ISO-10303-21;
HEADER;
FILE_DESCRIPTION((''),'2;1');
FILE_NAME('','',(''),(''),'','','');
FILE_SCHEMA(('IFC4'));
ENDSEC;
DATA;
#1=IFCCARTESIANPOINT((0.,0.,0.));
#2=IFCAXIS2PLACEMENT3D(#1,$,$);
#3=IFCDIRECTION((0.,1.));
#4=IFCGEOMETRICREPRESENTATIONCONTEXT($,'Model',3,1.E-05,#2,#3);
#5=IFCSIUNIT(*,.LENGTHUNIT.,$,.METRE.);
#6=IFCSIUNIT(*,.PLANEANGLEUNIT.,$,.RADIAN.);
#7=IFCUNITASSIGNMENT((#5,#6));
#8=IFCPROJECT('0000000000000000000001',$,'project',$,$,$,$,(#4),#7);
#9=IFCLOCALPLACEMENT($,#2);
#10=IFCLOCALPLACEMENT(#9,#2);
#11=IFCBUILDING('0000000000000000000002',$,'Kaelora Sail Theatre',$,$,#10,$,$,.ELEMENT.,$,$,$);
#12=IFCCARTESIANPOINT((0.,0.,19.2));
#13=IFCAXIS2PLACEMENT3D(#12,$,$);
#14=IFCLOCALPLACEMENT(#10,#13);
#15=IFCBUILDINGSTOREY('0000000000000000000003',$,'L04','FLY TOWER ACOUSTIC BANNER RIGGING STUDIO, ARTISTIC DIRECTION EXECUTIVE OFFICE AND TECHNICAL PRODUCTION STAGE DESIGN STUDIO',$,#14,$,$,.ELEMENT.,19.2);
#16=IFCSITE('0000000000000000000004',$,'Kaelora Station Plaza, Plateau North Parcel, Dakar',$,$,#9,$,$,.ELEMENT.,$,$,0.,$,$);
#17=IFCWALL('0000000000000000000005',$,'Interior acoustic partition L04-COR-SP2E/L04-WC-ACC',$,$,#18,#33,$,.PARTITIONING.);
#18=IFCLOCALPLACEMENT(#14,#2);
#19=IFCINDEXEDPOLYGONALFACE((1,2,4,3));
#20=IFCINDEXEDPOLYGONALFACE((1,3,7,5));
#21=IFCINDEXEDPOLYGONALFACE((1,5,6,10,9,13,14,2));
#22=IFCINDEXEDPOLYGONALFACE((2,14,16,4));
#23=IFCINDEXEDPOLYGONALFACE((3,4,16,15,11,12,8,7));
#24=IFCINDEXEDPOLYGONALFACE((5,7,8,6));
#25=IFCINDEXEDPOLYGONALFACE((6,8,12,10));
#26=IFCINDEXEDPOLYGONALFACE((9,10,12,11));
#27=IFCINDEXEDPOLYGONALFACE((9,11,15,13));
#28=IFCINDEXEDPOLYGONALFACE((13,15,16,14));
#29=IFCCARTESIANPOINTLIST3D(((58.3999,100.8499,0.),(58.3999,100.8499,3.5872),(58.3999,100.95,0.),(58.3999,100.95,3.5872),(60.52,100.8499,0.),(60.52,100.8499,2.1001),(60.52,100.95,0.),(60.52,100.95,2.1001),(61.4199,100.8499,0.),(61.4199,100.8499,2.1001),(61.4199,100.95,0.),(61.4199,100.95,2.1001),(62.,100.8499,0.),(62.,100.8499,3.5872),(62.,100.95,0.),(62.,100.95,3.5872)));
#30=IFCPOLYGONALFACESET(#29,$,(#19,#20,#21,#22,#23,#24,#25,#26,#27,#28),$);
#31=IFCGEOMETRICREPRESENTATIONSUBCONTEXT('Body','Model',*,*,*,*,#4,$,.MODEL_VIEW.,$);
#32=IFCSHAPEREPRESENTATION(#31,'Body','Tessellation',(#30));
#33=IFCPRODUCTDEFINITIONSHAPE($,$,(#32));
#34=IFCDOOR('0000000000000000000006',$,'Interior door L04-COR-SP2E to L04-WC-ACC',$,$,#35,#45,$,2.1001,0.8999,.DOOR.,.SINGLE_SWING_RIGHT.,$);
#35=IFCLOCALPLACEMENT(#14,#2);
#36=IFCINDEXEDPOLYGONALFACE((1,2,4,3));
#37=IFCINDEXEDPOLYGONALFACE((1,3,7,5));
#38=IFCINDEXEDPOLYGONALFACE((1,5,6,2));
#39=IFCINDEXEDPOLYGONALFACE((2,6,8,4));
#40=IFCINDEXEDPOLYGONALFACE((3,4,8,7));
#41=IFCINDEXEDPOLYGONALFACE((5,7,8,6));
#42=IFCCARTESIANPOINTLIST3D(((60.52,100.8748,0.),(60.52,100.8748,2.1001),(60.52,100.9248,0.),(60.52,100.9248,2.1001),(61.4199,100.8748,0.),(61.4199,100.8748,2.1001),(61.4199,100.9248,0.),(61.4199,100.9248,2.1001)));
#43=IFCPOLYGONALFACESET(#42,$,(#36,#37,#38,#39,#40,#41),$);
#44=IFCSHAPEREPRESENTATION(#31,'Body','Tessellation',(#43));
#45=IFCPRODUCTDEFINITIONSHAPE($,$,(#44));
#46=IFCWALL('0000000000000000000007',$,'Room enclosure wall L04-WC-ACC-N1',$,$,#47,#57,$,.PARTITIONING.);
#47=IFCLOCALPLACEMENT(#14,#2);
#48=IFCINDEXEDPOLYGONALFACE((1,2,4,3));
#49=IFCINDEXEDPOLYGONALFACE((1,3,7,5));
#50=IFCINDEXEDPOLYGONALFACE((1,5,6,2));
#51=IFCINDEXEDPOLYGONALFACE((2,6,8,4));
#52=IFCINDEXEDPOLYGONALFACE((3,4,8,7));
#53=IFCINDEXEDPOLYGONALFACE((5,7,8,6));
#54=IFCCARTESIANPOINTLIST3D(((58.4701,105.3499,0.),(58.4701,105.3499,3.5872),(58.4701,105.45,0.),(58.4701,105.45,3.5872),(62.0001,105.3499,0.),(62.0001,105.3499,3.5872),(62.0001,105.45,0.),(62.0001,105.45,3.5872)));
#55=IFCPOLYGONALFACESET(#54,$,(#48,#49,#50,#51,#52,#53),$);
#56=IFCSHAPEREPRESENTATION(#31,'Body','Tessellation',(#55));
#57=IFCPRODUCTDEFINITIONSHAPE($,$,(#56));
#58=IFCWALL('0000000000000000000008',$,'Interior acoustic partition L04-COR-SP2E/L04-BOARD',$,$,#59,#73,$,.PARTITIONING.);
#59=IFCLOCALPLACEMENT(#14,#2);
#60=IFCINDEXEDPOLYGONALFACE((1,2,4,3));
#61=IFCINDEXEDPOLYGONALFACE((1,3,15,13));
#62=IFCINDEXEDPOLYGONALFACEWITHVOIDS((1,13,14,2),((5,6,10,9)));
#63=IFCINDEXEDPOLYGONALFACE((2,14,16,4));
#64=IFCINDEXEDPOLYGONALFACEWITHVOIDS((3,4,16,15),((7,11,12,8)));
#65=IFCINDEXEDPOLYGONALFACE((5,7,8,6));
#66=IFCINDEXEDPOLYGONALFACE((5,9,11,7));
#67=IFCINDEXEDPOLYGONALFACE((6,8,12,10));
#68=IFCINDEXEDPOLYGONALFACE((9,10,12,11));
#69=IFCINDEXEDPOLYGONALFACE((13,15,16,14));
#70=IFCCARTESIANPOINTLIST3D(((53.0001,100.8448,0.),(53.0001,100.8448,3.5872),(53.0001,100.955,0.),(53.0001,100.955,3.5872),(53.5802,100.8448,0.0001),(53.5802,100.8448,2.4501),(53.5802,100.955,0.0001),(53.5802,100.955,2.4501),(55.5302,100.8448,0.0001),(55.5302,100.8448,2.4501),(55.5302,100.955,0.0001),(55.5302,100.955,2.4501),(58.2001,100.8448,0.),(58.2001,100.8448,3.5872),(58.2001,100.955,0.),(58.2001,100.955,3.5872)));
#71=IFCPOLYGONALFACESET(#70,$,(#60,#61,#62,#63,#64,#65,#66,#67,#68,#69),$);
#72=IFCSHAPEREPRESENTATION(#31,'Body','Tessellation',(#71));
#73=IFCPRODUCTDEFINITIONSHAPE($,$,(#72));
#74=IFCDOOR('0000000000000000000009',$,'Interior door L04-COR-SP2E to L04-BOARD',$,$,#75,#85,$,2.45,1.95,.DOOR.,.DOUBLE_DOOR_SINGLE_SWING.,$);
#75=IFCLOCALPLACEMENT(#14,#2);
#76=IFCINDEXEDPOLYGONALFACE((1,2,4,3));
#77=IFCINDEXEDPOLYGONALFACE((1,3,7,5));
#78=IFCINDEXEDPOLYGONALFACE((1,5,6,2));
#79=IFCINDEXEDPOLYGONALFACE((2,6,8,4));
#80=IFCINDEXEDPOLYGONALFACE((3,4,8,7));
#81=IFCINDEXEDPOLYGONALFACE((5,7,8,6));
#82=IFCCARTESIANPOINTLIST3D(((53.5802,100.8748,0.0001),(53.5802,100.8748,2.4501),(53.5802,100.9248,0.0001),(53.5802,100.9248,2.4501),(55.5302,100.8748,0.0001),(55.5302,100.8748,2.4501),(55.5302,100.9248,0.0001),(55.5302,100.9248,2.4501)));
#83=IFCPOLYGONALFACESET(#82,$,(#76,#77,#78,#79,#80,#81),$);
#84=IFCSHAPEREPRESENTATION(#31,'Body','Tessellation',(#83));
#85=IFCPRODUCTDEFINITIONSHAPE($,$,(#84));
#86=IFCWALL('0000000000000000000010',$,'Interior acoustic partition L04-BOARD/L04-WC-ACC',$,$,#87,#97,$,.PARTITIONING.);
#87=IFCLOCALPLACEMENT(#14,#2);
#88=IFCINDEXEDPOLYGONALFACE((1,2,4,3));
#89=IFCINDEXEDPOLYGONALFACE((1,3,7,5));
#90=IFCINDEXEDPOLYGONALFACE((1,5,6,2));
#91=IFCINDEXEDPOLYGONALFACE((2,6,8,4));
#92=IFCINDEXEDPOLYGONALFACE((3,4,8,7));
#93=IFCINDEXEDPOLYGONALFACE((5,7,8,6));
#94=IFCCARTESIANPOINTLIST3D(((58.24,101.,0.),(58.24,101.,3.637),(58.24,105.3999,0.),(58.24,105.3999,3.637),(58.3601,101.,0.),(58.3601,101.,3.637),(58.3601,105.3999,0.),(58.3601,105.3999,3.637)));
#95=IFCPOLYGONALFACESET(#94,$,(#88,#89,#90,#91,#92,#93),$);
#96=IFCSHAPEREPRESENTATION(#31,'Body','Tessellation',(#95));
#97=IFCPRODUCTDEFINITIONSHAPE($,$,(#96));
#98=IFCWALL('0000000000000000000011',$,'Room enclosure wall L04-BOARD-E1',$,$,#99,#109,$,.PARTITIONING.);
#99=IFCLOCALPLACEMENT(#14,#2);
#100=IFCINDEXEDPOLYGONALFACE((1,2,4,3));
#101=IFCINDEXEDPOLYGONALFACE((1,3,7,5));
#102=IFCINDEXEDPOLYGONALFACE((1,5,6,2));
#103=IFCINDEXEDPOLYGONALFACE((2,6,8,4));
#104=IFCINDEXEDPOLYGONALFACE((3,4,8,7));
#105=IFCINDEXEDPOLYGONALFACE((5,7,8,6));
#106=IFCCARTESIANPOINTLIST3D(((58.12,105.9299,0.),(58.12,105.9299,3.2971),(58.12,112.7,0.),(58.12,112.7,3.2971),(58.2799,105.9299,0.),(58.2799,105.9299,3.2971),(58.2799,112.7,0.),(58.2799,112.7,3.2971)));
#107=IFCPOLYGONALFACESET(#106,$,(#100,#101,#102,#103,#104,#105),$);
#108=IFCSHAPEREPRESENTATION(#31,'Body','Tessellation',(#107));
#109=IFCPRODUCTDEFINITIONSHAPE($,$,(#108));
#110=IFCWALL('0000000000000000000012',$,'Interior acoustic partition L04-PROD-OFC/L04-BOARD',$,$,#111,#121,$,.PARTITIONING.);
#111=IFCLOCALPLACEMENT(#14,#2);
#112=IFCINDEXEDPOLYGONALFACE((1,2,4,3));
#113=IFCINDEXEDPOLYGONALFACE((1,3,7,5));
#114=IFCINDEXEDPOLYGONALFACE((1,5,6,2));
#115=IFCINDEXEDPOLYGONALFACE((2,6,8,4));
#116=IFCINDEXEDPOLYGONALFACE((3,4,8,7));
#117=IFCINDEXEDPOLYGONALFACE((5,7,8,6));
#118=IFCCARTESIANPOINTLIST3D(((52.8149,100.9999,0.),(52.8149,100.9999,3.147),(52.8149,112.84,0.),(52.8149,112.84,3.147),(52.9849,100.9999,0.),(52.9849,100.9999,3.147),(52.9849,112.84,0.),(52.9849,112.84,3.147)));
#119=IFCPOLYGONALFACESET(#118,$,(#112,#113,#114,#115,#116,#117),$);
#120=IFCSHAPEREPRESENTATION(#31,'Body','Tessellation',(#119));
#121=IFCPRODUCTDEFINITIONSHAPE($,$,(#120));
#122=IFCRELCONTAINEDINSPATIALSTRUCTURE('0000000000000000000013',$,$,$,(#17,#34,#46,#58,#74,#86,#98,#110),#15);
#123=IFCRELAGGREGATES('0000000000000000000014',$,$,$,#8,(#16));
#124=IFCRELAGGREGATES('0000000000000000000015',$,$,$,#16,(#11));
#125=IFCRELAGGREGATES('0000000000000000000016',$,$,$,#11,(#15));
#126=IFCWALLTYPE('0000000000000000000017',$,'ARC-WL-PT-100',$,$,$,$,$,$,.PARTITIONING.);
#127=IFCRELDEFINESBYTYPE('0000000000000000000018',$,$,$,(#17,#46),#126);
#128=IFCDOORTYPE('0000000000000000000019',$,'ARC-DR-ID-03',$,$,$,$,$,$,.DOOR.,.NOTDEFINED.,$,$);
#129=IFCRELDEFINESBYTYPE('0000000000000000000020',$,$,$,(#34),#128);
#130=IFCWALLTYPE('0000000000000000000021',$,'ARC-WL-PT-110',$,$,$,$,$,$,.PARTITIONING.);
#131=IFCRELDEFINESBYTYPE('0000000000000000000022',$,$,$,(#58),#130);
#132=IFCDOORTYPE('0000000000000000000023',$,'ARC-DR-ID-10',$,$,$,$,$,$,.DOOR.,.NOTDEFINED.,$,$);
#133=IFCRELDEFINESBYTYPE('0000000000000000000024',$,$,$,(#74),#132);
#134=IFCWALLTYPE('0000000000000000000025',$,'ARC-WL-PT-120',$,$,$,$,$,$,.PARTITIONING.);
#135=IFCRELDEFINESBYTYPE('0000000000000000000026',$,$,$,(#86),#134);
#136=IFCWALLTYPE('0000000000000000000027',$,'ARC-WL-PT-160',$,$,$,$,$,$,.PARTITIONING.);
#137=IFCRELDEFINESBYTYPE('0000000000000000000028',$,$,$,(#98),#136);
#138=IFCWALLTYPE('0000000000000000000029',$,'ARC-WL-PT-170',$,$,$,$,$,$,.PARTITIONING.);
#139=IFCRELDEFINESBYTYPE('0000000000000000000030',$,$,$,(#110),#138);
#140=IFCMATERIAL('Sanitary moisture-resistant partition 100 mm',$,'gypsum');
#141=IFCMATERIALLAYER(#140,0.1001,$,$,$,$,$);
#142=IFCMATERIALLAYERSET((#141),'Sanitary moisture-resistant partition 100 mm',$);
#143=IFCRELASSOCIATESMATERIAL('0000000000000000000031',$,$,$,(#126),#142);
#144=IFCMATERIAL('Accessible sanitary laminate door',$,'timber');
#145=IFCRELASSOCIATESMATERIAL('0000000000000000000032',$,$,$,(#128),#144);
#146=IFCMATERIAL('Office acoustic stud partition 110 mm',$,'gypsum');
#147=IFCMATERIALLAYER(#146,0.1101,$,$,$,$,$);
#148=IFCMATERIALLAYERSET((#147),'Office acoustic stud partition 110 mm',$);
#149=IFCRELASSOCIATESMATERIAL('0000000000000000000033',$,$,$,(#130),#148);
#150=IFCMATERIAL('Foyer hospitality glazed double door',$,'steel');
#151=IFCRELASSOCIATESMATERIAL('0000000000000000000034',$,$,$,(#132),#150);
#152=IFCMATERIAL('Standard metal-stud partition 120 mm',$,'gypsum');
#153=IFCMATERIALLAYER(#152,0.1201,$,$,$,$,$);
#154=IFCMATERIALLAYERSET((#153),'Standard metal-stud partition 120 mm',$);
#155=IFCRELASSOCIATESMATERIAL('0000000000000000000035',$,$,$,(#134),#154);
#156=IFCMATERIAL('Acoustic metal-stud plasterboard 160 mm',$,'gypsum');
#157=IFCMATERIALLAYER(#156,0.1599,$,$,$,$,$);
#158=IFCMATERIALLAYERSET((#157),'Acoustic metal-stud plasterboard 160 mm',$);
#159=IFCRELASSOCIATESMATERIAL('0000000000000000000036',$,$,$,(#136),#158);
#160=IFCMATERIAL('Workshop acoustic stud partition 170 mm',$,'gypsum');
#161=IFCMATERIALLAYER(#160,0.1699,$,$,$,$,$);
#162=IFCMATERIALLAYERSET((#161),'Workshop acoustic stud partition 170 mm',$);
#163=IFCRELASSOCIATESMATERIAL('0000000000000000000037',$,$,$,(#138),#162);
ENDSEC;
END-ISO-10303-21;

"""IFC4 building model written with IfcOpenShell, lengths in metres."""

from ifc_helpers import new_model, si_unit, direction, frame, frame_2d, origin, place, context, subcontext, project, spatial, rectangle, extrude, material, layer, layer_set, type_object, element, fill, save


model = new_model("IFC4")

# Units and contexts
model_context = context("Model", 3, precision=1e-05, world=origin(), true_north=direction((0.0, 1.0)))
body_context = subcontext(model_context, "Body", "Model", "MODEL_VIEW")
ifc_project = project(units=[si_unit("LENGTHUNIT", "METRE"), si_unit("PLANEANGLEUNIT", "RADIAN")], contexts=[model_context])

# Site, building, storey
site_placement = place(None, origin())
site = spatial("IfcSite", under=ifc_project, at=site_placement, Name="Kaelora Station Plaza, Plateau North Parcel, Dakar", CompositionType="ELEMENT", RefElevation=0.0)
building_placement = place(site_placement, origin())
building = spatial("IfcBuilding", under=site, at=building_placement, Name="Kaelora Sail Theatre", CompositionType="ELEMENT")
storey_placement = place(building_placement, frame((0.0, 0.0, 19.2)))
storey = spatial("IfcBuildingStorey", under=building, at=storey_placement, Name="L04", Description="FLY TOWER ACOUSTIC BANNER RIGGING STUDIO, ARTISTIC DIRECTION EXECUTIVE OFFICE AND TECHNICAL PRODUCTION STAGE DESIGN STUDIO", CompositionType="ELEMENT", Elevation=19.2)

# Wall, opening, door
ifc_material_1 = material(Name="Sanitary moisture-resistant partition 100 mm", Category="gypsum")
ifc_layer_1 = layer(ifc_material_1, 0.1001)
ifc_layer_set_1 = layer_set([ifc_layer_1], Name="Sanitary moisture-resistant partition 100 mm")
wall_type_1 = type_object("IfcWallType", Name="ARC-WL-PT-100", PredefinedType="PARTITIONING", material=ifc_layer_set_1)
wall_1_placement = place(storey_placement, frame((58.3999, 100.8999, 0.0), z_axis=(0.0, 0.0, 1.0), x_axis=(1.0, 0.0, 0.0)))
wall_1 = element("IfcWall", 1, at=wall_1_placement, inside=storey, type_object=wall_type_1, Name="Interior acoustic partition L04-COR-SP2E/L04-WC-ACC", PredefinedType="PARTITIONING", context=body_context, shape_type="SweptSolid", body=[
    extrude(rectangle(XDim=3.6001, YDim=0.1001, at=frame_2d((1.8, 0.0))), origin(), (0.0, 0.0, 1.0), 3.5872),
])
opening_1_placement = place(wall_1_placement, frame((2.1201, 0.0, 0.0)))
opening_1 = element("IfcOpeningElement", 2, at=opening_1_placement, cuts=wall_1, PredefinedType="OPENING", context=body_context, shape_type="SweptSolid", body=[
    extrude(rectangle(XDim=0.8999, YDim=2.1001, at=frame_2d((0.45, 1.05))), frame((0.0, 0.06, 0.0), z_axis=(0.0, -1.0, 0.0), x_axis=(1.0, 0.0, 0.0)), (0.0, 0.0, 1.0), 0.1201),
])
ifc_material_2 = material(Name="Accessible sanitary laminate door", Category="timber")
door_type_1 = type_object("IfcDoorType", Name="ARC-DR-ID-03", OperationType="NOTDEFINED", PredefinedType="DOOR", material=ifc_material_2)
door_1_placement = place(opening_1_placement, origin())
door_1 = element("IfcDoor", 3, at=door_1_placement, inside=storey, type_object=door_type_1, Name="Interior door L04-COR-SP2E to L04-WC-ACC", OperationType="SINGLE_SWING_RIGHT", OverallHeight=2.1001, OverallWidth=0.8999, PredefinedType="DOOR", context=body_context, shape_type="SweptSolid", body=[
    extrude(rectangle(XDim=0.8999, YDim=2.1001, at=frame_2d((0.45, 1.05))), frame((0.0, 0.0249, 0.0), z_axis=(0.0, -1.0, 0.0), x_axis=(1.0, 0.0, 0.0)), (0.0, 0.0, 1.0), 0.05),
])
fill(opening_1, door_1)

# Wall
wall_2_placement = place(storey_placement, frame((58.47, 105.3999, 0.0), z_axis=(0.0, 0.0, 1.0), x_axis=(1.0, 0.0, 0.0)))
element("IfcWall", 4, at=wall_2_placement, inside=storey, type_object=wall_type_1, Name="Room enclosure wall L04-WC-ACC-N1", PredefinedType="PARTITIONING", context=body_context, shape_type="SweptSolid", body=[
    extrude(rectangle(XDim=3.53, YDim=0.1001, at=frame_2d((1.7651, 0.0))), origin(), (0.0, 0.0, 1.0), 3.5872),
])

# Wall, opening, door
ifc_material_3 = material(Name="Office acoustic stud partition 110 mm", Category="gypsum")
ifc_layer_2 = layer(ifc_material_3, 0.1101)
ifc_layer_set_2 = layer_set([ifc_layer_2], Name="Office acoustic stud partition 110 mm")
wall_type_2 = type_object("IfcWallType", Name="ARC-WL-PT-110", PredefinedType="PARTITIONING", material=ifc_layer_set_2)
wall_3_placement = place(storey_placement, frame((53.0, 100.8999, 0.0), z_axis=(0.0, 0.0, 1.0), x_axis=(1.0, 0.0, 0.0)))
wall_3 = element("IfcWall", 5, at=wall_3_placement, inside=storey, type_object=wall_type_2, Name="Interior acoustic partition L04-COR-SP2E/L04-BOARD", PredefinedType="PARTITIONING", context=body_context, shape_type="SweptSolid", body=[
    extrude(rectangle(XDim=5.2, YDim=0.1101, at=frame_2d((2.6001, 0.0))), origin(), (0.0, 0.0, 1.0), 3.5872),
])
opening_2_placement = place(wall_3_placement, frame((0.5801, 0.0, 0.0)))
opening_2 = element("IfcOpeningElement", 6, at=opening_2_placement, cuts=wall_3, PredefinedType="OPENING", context=body_context, shape_type="SweptSolid", body=[
    extrude(rectangle(XDim=1.95, YDim=2.45, at=frame_2d((0.9751, 1.2251))), frame((0.0, 0.0652, 0.0), z_axis=(0.0, -1.0, 0.0), x_axis=(1.0, 0.0, 0.0)), (0.0, 0.0, 1.0), 0.1301),
])
ifc_material_4 = material(Name="Foyer hospitality glazed double door", Category="steel")
door_type_2 = type_object("IfcDoorType", Name="ARC-DR-ID-10", OperationType="NOTDEFINED", PredefinedType="DOOR", material=ifc_material_4)
door_2_placement = place(opening_2_placement, origin())
door_2 = element("IfcDoor", 7, at=door_2_placement, inside=storey, type_object=door_type_2, Name="Interior door L04-COR-SP2E to L04-BOARD", OperationType="DOUBLE_DOOR_SINGLE_SWING", OverallHeight=2.45, OverallWidth=1.95, PredefinedType="DOOR", context=body_context, shape_type="SweptSolid", body=[
    extrude(rectangle(XDim=1.95, YDim=2.45, at=frame_2d((0.9751, 1.2251))), frame((0.0, 0.0249, 0.0), z_axis=(0.0, -1.0, 0.0), x_axis=(1.0, 0.0, 0.0)), (0.0, 0.0, 1.0), 0.05),
])
fill(opening_2, door_2)

# Walls
ifc_material_5 = material(Name="Standard metal-stud partition 120 mm", Category="gypsum")
ifc_layer_3 = layer(ifc_material_5, 0.1201)
ifc_layer_set_3 = layer_set([ifc_layer_3], Name="Standard metal-stud partition 120 mm")
wall_type_3 = type_object("IfcWallType", Name="ARC-WL-PT-120", PredefinedType="PARTITIONING", material=ifc_layer_set_3)
wall_4_placement = place(storey_placement, frame((58.3, 101.0, 0.0), z_axis=(0.0, 0.0, 1.0), x_axis=(0.0, 1.0, 0.0)))
element("IfcWall", 8, at=wall_4_placement, inside=storey, type_object=wall_type_3, Name="Interior acoustic partition L04-BOARD/L04-WC-ACC", PredefinedType="PARTITIONING", context=body_context, shape_type="SweptSolid", body=[
    extrude(rectangle(XDim=4.3999, YDim=0.1201, at=frame_2d((2.2, 0.0))), origin(), (0.0, 0.0, 1.0), 3.637),
])
ifc_material_6 = material(Name="Acoustic metal-stud plasterboard 160 mm", Category="gypsum")
ifc_layer_4 = layer(ifc_material_6, 0.1599)
ifc_layer_set_4 = layer_set([ifc_layer_4], Name="Acoustic metal-stud plasterboard 160 mm")
wall_type_4 = type_object("IfcWallType", Name="ARC-WL-PT-160", PredefinedType="PARTITIONING", material=ifc_layer_set_4)
wall_5_placement = place(storey_placement, frame((58.2, 105.9299, 0.0), z_axis=(0.0, 0.0, 1.0), x_axis=(0.0, 1.0, 0.0)))
element("IfcWall", 9, at=wall_5_placement, inside=storey, type_object=wall_type_4, Name="Room enclosure wall L04-BOARD-E1", PredefinedType="PARTITIONING", context=body_context, shape_type="SweptSolid", body=[
    extrude(rectangle(XDim=6.77, YDim=0.1599, at=frame_2d((3.385, 0.0))), origin(), (0.0, 0.0, 1.0), 3.2971),
])
ifc_material_7 = material(Name="Workshop acoustic stud partition 170 mm", Category="gypsum")
ifc_layer_5 = layer(ifc_material_7, 0.1699)
ifc_layer_set_5 = layer_set([ifc_layer_5], Name="Workshop acoustic stud partition 170 mm")
wall_type_5 = type_object("IfcWallType", Name="ARC-WL-PT-170", PredefinedType="PARTITIONING", material=ifc_layer_set_5)
wall_6_placement = place(storey_placement, frame((52.8999, 101.0, 0.0), z_axis=(0.0, 0.0, 1.0), x_axis=(0.0, 1.0, 0.0)))
element("IfcWall", 10, at=wall_6_placement, inside=storey, type_object=wall_type_5, Name="Interior acoustic partition L04-PROD-OFC/L04-BOARD", PredefinedType="PARTITIONING", context=body_context, shape_type="SweptSolid", body=[
    extrude(rectangle(XDim=11.8401, YDim=0.1699, at=frame_2d((5.9199, 0.0))), origin(), (0.0, 0.0, 1.0), 3.147),
])

save(model, "model.ifc")
